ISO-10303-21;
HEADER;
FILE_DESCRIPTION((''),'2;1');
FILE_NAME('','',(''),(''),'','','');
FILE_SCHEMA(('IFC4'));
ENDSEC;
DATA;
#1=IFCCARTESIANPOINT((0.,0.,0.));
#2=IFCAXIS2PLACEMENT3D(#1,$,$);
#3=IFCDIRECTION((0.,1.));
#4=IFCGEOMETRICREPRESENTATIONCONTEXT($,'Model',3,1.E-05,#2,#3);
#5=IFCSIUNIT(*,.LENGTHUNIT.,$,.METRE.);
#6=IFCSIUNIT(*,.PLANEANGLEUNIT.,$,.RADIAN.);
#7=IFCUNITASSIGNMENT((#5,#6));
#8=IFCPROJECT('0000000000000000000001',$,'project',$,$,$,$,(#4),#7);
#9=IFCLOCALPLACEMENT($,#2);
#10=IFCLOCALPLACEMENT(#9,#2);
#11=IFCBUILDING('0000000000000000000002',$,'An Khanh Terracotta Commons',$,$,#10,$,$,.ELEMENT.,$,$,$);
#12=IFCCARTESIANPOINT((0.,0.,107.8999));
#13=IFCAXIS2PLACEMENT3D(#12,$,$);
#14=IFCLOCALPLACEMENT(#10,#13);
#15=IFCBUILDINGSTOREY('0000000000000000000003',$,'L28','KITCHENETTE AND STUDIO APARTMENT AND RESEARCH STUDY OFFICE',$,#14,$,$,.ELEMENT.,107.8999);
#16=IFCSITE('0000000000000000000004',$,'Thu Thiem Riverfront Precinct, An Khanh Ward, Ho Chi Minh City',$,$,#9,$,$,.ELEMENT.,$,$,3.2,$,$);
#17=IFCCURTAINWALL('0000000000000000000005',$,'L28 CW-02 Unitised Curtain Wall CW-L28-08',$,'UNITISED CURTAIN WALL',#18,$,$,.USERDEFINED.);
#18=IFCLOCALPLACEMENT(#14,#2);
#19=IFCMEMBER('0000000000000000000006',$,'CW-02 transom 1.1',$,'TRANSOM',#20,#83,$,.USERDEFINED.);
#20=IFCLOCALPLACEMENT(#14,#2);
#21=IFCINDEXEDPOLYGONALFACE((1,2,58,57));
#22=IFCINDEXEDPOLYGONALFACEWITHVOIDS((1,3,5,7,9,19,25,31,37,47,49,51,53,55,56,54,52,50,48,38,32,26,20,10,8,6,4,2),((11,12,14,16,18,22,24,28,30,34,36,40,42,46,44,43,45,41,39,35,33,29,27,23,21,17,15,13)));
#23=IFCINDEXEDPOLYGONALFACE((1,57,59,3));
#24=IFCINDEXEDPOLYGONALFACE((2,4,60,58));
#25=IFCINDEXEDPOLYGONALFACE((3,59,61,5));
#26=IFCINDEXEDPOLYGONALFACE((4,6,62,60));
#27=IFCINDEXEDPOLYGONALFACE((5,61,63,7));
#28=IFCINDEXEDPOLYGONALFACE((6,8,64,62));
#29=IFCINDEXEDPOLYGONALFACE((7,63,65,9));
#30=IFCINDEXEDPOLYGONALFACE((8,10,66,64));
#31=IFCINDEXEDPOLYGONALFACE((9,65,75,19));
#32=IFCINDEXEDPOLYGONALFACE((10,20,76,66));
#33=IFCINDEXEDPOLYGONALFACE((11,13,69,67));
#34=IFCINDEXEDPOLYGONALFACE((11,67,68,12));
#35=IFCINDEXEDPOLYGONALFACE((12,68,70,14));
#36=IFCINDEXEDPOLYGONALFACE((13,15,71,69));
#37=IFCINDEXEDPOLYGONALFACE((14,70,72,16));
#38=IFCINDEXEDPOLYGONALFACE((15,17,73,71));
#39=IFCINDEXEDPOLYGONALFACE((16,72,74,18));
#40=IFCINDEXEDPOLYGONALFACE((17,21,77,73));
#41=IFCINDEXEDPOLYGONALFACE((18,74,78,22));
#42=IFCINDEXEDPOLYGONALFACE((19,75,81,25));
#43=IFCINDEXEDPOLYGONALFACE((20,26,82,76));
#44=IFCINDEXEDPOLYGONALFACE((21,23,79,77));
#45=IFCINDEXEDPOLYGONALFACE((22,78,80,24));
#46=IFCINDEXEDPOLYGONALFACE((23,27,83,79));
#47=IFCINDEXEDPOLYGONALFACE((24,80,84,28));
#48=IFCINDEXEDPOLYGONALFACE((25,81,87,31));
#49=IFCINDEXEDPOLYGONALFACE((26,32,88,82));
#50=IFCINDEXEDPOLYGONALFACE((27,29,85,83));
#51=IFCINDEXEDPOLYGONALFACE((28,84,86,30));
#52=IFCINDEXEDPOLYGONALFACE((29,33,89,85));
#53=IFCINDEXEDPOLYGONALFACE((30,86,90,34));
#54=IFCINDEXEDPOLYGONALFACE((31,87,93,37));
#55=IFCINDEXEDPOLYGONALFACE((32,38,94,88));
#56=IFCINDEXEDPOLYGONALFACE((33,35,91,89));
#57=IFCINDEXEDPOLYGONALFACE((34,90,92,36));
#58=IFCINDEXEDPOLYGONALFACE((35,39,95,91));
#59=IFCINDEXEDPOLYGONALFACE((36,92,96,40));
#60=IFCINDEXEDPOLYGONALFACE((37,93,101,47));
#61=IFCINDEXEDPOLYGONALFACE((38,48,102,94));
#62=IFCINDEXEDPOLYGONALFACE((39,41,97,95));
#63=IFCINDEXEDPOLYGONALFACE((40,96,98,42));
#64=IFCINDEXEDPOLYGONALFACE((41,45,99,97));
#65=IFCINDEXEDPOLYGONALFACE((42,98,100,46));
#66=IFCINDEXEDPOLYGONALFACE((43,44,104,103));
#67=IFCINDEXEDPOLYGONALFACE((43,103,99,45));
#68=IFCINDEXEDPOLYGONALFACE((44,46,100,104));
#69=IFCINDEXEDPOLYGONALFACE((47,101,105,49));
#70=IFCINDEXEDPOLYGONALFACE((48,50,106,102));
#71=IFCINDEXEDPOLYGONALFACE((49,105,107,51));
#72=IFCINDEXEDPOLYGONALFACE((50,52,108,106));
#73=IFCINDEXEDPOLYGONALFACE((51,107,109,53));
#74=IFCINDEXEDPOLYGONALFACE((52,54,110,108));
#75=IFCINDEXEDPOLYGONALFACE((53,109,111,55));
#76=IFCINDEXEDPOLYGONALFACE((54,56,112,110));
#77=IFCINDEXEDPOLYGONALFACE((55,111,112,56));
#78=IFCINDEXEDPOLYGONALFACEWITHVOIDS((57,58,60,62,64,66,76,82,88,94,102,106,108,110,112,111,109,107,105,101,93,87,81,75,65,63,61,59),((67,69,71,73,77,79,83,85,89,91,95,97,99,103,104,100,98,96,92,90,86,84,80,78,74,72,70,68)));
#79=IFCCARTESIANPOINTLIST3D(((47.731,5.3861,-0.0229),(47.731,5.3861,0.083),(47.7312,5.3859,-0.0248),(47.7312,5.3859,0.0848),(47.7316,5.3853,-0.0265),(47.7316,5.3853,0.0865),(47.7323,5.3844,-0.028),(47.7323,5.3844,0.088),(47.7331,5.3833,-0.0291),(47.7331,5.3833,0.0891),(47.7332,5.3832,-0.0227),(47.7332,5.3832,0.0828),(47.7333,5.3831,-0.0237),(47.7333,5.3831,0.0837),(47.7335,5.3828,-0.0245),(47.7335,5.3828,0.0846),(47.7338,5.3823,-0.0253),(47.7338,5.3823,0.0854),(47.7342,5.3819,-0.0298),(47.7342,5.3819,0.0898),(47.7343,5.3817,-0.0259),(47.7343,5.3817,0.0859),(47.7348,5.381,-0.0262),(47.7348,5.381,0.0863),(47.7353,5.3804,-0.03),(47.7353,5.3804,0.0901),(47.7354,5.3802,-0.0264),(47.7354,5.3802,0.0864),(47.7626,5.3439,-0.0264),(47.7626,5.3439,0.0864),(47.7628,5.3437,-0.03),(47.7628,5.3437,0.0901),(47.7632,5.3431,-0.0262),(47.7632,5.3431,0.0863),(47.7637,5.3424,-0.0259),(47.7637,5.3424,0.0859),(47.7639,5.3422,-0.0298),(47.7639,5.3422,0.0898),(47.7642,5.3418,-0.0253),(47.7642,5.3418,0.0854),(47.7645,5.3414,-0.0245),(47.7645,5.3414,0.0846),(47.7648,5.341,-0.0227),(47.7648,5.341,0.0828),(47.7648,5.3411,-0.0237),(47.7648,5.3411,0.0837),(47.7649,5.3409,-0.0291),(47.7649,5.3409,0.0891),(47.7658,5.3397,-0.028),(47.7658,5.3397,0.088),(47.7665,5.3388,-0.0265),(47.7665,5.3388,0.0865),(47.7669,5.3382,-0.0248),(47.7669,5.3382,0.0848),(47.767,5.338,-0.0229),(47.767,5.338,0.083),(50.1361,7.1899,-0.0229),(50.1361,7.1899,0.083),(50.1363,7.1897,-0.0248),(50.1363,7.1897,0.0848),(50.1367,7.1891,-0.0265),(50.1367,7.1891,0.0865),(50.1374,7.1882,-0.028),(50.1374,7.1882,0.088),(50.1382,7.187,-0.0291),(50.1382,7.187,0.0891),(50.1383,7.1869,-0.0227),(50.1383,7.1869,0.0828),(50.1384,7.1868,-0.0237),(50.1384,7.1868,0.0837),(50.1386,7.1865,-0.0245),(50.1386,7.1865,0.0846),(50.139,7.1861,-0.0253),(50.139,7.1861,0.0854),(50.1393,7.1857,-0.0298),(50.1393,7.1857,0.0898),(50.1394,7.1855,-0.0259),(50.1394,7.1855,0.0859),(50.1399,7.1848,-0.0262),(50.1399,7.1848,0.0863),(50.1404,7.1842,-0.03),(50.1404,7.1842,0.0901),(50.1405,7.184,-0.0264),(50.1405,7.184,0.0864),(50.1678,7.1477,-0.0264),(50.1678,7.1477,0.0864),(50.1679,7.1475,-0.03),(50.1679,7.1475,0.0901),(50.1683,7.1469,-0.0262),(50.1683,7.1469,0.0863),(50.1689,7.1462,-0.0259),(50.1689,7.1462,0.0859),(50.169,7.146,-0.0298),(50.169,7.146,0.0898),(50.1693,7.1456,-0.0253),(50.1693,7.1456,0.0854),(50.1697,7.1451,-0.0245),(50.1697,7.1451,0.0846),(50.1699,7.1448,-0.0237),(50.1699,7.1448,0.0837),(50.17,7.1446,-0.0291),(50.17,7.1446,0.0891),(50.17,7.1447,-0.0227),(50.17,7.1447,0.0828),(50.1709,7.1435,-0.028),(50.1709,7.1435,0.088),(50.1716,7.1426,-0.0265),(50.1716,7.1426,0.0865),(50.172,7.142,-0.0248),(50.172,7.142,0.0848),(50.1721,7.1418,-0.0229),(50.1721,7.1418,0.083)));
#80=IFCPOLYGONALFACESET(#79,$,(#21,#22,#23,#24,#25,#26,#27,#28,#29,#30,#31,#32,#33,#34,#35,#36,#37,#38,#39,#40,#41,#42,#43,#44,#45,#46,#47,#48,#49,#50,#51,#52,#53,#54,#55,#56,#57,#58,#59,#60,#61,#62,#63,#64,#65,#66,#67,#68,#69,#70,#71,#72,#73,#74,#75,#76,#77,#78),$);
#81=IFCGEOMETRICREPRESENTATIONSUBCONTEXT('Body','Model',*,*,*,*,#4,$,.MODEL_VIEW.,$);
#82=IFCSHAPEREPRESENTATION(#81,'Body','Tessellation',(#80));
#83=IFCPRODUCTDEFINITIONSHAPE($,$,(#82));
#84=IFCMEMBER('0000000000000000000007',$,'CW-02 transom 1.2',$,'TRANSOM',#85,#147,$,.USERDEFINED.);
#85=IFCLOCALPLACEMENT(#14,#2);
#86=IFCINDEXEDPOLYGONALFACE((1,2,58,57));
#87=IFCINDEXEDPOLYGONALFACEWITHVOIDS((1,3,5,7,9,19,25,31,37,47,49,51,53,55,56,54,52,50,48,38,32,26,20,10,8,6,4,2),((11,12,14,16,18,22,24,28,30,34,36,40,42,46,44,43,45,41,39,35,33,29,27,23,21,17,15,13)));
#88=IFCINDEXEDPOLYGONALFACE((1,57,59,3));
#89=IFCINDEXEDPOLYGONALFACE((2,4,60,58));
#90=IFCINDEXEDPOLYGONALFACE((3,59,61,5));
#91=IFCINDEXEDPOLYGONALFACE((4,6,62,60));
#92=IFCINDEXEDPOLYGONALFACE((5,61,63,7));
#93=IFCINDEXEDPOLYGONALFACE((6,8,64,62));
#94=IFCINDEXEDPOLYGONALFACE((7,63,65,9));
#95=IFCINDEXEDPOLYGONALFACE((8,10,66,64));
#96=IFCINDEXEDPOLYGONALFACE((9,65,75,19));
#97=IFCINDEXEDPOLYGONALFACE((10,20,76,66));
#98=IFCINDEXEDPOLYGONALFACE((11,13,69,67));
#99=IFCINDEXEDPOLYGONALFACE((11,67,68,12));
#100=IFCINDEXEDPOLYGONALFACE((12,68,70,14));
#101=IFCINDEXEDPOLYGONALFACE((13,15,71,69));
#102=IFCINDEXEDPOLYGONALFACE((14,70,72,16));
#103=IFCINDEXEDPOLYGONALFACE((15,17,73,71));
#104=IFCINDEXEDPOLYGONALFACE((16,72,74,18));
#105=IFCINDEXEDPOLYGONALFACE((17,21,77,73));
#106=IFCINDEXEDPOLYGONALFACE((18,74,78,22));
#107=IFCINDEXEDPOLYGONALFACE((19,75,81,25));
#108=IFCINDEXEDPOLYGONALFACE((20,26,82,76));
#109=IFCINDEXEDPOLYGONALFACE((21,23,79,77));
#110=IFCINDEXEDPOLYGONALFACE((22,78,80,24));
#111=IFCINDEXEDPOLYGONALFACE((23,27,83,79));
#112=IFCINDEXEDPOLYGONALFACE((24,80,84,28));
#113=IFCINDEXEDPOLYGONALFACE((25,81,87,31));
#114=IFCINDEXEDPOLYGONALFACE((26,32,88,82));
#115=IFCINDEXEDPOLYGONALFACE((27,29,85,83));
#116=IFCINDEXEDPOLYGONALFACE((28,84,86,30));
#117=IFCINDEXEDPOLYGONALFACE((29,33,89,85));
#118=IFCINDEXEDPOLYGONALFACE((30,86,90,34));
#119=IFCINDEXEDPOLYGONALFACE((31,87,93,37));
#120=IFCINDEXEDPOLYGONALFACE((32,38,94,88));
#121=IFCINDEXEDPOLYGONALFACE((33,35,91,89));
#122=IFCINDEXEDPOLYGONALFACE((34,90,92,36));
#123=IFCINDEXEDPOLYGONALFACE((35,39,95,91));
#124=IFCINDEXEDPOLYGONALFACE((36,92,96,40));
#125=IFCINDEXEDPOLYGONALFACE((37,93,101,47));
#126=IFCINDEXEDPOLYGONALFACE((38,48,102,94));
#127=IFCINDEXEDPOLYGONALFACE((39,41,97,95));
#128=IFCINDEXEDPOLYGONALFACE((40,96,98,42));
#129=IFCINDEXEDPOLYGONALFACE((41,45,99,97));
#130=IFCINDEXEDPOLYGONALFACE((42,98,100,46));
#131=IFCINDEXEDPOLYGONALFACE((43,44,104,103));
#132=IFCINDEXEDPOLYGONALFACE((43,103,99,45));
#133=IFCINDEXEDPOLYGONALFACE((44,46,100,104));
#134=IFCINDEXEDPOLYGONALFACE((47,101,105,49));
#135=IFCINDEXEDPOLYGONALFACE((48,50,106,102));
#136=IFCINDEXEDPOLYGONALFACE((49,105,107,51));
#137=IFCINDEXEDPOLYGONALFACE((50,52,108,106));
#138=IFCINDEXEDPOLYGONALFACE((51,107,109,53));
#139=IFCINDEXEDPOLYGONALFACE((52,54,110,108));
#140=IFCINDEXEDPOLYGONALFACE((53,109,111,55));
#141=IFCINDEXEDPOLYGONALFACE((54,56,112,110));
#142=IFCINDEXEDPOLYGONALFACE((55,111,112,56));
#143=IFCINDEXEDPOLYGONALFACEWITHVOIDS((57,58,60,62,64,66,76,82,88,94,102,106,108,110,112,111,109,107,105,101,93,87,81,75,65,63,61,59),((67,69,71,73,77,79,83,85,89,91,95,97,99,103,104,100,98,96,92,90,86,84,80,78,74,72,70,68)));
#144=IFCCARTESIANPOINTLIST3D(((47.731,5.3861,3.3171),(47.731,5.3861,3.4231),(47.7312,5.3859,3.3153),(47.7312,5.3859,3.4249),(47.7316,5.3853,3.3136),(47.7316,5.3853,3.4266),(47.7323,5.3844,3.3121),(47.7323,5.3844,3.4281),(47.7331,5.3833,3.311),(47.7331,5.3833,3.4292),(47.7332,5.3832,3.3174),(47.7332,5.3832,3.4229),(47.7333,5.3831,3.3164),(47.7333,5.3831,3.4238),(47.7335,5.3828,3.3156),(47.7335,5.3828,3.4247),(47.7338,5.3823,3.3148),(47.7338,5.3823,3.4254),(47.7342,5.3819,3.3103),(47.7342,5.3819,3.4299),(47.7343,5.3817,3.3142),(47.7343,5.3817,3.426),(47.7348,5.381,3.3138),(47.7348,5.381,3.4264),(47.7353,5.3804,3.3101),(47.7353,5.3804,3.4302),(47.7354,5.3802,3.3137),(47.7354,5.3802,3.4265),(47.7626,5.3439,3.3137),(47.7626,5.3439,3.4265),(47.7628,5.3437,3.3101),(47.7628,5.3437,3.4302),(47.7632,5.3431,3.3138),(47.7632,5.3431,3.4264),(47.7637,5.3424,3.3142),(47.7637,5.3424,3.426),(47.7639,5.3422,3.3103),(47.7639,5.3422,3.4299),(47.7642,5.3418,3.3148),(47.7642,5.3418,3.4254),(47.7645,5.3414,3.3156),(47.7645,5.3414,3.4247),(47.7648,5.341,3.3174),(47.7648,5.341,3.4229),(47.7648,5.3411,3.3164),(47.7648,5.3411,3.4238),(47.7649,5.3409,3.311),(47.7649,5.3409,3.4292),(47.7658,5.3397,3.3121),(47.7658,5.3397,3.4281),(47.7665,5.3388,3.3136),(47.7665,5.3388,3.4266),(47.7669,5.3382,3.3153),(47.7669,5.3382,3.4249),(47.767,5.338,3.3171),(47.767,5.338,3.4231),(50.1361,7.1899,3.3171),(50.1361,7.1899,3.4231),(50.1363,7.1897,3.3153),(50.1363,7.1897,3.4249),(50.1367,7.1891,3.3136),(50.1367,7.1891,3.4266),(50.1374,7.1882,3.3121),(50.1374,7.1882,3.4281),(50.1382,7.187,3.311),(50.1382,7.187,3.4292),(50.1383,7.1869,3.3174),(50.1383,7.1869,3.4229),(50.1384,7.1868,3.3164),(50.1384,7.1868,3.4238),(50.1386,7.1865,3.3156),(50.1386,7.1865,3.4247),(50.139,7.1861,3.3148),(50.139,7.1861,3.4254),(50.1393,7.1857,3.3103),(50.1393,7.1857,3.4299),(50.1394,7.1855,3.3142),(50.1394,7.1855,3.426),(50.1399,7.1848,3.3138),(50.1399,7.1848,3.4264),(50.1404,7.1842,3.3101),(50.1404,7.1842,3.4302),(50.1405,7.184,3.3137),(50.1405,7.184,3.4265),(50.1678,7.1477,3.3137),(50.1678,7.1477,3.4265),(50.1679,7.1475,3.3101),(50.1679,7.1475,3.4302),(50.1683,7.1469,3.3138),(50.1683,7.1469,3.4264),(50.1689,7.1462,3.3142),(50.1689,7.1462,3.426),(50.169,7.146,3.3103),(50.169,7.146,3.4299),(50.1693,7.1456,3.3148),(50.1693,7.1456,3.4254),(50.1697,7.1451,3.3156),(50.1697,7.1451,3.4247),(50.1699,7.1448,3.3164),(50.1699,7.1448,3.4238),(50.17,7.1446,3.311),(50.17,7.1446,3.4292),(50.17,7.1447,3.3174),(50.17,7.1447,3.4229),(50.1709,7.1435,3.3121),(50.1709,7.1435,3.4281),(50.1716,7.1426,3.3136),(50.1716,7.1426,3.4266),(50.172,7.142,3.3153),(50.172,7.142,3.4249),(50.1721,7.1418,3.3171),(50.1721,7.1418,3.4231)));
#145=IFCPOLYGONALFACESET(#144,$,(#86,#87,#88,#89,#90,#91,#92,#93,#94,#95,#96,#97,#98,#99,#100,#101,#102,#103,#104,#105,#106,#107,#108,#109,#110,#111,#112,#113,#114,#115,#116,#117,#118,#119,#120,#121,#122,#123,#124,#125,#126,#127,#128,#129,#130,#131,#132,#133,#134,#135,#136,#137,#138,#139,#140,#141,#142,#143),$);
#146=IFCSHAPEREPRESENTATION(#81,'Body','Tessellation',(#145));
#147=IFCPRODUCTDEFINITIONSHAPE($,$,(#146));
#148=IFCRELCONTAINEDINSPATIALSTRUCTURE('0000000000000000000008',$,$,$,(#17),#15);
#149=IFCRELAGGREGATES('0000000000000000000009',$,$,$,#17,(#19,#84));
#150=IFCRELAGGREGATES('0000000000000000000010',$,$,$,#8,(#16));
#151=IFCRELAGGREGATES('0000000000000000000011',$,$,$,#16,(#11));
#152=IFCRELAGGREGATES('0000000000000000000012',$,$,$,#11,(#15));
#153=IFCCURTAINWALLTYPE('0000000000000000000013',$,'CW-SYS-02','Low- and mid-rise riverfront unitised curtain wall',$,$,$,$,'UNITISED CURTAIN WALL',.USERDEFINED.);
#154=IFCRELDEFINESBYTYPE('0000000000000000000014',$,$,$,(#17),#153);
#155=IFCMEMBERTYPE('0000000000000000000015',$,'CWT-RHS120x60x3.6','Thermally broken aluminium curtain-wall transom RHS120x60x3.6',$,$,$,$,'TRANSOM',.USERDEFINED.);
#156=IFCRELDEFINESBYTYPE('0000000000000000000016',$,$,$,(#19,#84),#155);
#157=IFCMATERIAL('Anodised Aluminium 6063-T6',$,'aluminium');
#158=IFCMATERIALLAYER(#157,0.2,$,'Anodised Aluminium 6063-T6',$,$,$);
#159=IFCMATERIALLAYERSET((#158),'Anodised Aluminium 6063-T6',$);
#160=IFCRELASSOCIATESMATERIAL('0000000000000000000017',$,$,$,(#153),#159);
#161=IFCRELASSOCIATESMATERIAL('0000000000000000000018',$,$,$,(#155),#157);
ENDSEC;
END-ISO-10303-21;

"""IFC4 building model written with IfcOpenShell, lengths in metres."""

from ifc_helpers import new_model, si_unit, direction, frame, origin, origin_2d, place, context, subcontext, project, spatial, hollow_rectangle, extrude, material, layer, layer_set, material_profile, profile_set, type_object, element, aggregate, save


model = new_model("IFC4")

# Units and contexts
model_context = context("Model", 3, precision=1e-05, world=origin(), true_north=direction((0.0, 1.0)))
body_context = subcontext(model_context, "Body", "Model", "MODEL_VIEW")
ifc_project = project(units=[si_unit("LENGTHUNIT", "METRE"), si_unit("PLANEANGLEUNIT", "RADIAN")], contexts=[model_context])

# Site, building, storey
site_placement = place(None, origin())
site = spatial("IfcSite", under=ifc_project, at=site_placement, Name="Thu Thiem Riverfront Precinct, An Khanh Ward, Ho Chi Minh City", CompositionType="ELEMENT", RefElevation=3.2)
building_placement = place(site_placement, origin())
building = spatial("IfcBuilding", under=site, at=building_placement, Name="An Khanh Terracotta Commons", CompositionType="ELEMENT")
storey_placement = place(building_placement, frame((0.0, 0.0, 107.8999)))
storey = spatial("IfcBuildingStorey", under=building, at=storey_placement, Name="L28", Description="KITCHENETTE AND STUDIO APARTMENT AND RESEARCH STUDY OFFICE", CompositionType="ELEMENT", Elevation=107.8999)

# Curtain wall, members
ifc_material_1 = material(Name="Anodised Aluminium 6063-T6", Category="aluminium")
ifc_layer_1 = layer(ifc_material_1, 0.2, Name="Anodised Aluminium 6063-T6")
ifc_layer_set_1 = layer_set([ifc_layer_1], Name="Anodised Aluminium 6063-T6")
curtain_wall_type = type_object("IfcCurtainWallType", Name="CW-SYS-02", Description="Low- and mid-rise riverfront unitised curtain wall", ElementType="UNITISED CURTAIN WALL", PredefinedType="USERDEFINED", material=ifc_layer_set_1)
curtain_wall_placement = place(storey_placement, origin())
curtain_wall = element("IfcCurtainWall", 1, at=curtain_wall_placement, inside=storey, type_object=curtain_wall_type, Name="L28 CW-02 Unitised Curtain Wall CW-L28-08", ObjectType="UNITISED CURTAIN WALL", PredefinedType="USERDEFINED")
ifc_material_profile_1 = material_profile(ifc_material_1, hollow_rectangle(XDim=0.0601, YDim=0.1201, WallThickness=0.0037, InnerFilletRadius=0.0037, OuterFilletRadius=0.0071, at=origin_2d()), Name="RHS120x60x3.6")
ifc_profile_set_1 = profile_set([ifc_material_profile_1], Name="Anodised Aluminium 6063-T6")
member_type_1 = type_object("IfcMemberType", Name="CWT-RHS120x60x3.6", Description="Thermally broken aluminium curtain-wall transom RHS120x60x3.6", ElementType="TRANSOM", PredefinedType="USERDEFINED", material=ifc_profile_set_1)
member_1_placement = place(storey_placement, frame((47.749, 5.3621, 0.03), z_axis=(0.80001, 0.599987, 0.0), x_axis=(-0.599987, 0.80001, 0.0)))
member_1 = element("IfcMember", 2, at=member_1_placement, type_object=member_type_1, Name="CW-02 transom 1.1", ObjectType="TRANSOM", PredefinedType="USERDEFINED", context=body_context, shape_type="SweptSolid", body=[
    extrude(hollow_rectangle(XDim=0.0601, YDim=0.1201, WallThickness=0.0037, InnerFilletRadius=0.0037, OuterFilletRadius=0.0071, at=origin_2d()), origin(), (0.0, 0.0, 1.0), 3.0063),
])
member_2_placement = place(storey_placement, frame((47.749, 5.3621, 3.3701), z_axis=(0.80001, 0.599987, 0.0), x_axis=(-0.599987, 0.80001, 0.0)))
member_2 = element("IfcMember", 3, at=member_2_placement, type_object=member_type_1, Name="CW-02 transom 1.2", ObjectType="TRANSOM", PredefinedType="USERDEFINED", context=body_context, shape_type="SweptSolid", body=[
    extrude(hollow_rectangle(XDim=0.0601, YDim=0.1201, WallThickness=0.0037, InnerFilletRadius=0.0037, OuterFilletRadius=0.0071, at=origin_2d()), origin(), (0.0, 0.0, 1.0), 3.0063),
])
aggregate(curtain_wall, [member_1, member_2])

save(model, "model.ifc")
